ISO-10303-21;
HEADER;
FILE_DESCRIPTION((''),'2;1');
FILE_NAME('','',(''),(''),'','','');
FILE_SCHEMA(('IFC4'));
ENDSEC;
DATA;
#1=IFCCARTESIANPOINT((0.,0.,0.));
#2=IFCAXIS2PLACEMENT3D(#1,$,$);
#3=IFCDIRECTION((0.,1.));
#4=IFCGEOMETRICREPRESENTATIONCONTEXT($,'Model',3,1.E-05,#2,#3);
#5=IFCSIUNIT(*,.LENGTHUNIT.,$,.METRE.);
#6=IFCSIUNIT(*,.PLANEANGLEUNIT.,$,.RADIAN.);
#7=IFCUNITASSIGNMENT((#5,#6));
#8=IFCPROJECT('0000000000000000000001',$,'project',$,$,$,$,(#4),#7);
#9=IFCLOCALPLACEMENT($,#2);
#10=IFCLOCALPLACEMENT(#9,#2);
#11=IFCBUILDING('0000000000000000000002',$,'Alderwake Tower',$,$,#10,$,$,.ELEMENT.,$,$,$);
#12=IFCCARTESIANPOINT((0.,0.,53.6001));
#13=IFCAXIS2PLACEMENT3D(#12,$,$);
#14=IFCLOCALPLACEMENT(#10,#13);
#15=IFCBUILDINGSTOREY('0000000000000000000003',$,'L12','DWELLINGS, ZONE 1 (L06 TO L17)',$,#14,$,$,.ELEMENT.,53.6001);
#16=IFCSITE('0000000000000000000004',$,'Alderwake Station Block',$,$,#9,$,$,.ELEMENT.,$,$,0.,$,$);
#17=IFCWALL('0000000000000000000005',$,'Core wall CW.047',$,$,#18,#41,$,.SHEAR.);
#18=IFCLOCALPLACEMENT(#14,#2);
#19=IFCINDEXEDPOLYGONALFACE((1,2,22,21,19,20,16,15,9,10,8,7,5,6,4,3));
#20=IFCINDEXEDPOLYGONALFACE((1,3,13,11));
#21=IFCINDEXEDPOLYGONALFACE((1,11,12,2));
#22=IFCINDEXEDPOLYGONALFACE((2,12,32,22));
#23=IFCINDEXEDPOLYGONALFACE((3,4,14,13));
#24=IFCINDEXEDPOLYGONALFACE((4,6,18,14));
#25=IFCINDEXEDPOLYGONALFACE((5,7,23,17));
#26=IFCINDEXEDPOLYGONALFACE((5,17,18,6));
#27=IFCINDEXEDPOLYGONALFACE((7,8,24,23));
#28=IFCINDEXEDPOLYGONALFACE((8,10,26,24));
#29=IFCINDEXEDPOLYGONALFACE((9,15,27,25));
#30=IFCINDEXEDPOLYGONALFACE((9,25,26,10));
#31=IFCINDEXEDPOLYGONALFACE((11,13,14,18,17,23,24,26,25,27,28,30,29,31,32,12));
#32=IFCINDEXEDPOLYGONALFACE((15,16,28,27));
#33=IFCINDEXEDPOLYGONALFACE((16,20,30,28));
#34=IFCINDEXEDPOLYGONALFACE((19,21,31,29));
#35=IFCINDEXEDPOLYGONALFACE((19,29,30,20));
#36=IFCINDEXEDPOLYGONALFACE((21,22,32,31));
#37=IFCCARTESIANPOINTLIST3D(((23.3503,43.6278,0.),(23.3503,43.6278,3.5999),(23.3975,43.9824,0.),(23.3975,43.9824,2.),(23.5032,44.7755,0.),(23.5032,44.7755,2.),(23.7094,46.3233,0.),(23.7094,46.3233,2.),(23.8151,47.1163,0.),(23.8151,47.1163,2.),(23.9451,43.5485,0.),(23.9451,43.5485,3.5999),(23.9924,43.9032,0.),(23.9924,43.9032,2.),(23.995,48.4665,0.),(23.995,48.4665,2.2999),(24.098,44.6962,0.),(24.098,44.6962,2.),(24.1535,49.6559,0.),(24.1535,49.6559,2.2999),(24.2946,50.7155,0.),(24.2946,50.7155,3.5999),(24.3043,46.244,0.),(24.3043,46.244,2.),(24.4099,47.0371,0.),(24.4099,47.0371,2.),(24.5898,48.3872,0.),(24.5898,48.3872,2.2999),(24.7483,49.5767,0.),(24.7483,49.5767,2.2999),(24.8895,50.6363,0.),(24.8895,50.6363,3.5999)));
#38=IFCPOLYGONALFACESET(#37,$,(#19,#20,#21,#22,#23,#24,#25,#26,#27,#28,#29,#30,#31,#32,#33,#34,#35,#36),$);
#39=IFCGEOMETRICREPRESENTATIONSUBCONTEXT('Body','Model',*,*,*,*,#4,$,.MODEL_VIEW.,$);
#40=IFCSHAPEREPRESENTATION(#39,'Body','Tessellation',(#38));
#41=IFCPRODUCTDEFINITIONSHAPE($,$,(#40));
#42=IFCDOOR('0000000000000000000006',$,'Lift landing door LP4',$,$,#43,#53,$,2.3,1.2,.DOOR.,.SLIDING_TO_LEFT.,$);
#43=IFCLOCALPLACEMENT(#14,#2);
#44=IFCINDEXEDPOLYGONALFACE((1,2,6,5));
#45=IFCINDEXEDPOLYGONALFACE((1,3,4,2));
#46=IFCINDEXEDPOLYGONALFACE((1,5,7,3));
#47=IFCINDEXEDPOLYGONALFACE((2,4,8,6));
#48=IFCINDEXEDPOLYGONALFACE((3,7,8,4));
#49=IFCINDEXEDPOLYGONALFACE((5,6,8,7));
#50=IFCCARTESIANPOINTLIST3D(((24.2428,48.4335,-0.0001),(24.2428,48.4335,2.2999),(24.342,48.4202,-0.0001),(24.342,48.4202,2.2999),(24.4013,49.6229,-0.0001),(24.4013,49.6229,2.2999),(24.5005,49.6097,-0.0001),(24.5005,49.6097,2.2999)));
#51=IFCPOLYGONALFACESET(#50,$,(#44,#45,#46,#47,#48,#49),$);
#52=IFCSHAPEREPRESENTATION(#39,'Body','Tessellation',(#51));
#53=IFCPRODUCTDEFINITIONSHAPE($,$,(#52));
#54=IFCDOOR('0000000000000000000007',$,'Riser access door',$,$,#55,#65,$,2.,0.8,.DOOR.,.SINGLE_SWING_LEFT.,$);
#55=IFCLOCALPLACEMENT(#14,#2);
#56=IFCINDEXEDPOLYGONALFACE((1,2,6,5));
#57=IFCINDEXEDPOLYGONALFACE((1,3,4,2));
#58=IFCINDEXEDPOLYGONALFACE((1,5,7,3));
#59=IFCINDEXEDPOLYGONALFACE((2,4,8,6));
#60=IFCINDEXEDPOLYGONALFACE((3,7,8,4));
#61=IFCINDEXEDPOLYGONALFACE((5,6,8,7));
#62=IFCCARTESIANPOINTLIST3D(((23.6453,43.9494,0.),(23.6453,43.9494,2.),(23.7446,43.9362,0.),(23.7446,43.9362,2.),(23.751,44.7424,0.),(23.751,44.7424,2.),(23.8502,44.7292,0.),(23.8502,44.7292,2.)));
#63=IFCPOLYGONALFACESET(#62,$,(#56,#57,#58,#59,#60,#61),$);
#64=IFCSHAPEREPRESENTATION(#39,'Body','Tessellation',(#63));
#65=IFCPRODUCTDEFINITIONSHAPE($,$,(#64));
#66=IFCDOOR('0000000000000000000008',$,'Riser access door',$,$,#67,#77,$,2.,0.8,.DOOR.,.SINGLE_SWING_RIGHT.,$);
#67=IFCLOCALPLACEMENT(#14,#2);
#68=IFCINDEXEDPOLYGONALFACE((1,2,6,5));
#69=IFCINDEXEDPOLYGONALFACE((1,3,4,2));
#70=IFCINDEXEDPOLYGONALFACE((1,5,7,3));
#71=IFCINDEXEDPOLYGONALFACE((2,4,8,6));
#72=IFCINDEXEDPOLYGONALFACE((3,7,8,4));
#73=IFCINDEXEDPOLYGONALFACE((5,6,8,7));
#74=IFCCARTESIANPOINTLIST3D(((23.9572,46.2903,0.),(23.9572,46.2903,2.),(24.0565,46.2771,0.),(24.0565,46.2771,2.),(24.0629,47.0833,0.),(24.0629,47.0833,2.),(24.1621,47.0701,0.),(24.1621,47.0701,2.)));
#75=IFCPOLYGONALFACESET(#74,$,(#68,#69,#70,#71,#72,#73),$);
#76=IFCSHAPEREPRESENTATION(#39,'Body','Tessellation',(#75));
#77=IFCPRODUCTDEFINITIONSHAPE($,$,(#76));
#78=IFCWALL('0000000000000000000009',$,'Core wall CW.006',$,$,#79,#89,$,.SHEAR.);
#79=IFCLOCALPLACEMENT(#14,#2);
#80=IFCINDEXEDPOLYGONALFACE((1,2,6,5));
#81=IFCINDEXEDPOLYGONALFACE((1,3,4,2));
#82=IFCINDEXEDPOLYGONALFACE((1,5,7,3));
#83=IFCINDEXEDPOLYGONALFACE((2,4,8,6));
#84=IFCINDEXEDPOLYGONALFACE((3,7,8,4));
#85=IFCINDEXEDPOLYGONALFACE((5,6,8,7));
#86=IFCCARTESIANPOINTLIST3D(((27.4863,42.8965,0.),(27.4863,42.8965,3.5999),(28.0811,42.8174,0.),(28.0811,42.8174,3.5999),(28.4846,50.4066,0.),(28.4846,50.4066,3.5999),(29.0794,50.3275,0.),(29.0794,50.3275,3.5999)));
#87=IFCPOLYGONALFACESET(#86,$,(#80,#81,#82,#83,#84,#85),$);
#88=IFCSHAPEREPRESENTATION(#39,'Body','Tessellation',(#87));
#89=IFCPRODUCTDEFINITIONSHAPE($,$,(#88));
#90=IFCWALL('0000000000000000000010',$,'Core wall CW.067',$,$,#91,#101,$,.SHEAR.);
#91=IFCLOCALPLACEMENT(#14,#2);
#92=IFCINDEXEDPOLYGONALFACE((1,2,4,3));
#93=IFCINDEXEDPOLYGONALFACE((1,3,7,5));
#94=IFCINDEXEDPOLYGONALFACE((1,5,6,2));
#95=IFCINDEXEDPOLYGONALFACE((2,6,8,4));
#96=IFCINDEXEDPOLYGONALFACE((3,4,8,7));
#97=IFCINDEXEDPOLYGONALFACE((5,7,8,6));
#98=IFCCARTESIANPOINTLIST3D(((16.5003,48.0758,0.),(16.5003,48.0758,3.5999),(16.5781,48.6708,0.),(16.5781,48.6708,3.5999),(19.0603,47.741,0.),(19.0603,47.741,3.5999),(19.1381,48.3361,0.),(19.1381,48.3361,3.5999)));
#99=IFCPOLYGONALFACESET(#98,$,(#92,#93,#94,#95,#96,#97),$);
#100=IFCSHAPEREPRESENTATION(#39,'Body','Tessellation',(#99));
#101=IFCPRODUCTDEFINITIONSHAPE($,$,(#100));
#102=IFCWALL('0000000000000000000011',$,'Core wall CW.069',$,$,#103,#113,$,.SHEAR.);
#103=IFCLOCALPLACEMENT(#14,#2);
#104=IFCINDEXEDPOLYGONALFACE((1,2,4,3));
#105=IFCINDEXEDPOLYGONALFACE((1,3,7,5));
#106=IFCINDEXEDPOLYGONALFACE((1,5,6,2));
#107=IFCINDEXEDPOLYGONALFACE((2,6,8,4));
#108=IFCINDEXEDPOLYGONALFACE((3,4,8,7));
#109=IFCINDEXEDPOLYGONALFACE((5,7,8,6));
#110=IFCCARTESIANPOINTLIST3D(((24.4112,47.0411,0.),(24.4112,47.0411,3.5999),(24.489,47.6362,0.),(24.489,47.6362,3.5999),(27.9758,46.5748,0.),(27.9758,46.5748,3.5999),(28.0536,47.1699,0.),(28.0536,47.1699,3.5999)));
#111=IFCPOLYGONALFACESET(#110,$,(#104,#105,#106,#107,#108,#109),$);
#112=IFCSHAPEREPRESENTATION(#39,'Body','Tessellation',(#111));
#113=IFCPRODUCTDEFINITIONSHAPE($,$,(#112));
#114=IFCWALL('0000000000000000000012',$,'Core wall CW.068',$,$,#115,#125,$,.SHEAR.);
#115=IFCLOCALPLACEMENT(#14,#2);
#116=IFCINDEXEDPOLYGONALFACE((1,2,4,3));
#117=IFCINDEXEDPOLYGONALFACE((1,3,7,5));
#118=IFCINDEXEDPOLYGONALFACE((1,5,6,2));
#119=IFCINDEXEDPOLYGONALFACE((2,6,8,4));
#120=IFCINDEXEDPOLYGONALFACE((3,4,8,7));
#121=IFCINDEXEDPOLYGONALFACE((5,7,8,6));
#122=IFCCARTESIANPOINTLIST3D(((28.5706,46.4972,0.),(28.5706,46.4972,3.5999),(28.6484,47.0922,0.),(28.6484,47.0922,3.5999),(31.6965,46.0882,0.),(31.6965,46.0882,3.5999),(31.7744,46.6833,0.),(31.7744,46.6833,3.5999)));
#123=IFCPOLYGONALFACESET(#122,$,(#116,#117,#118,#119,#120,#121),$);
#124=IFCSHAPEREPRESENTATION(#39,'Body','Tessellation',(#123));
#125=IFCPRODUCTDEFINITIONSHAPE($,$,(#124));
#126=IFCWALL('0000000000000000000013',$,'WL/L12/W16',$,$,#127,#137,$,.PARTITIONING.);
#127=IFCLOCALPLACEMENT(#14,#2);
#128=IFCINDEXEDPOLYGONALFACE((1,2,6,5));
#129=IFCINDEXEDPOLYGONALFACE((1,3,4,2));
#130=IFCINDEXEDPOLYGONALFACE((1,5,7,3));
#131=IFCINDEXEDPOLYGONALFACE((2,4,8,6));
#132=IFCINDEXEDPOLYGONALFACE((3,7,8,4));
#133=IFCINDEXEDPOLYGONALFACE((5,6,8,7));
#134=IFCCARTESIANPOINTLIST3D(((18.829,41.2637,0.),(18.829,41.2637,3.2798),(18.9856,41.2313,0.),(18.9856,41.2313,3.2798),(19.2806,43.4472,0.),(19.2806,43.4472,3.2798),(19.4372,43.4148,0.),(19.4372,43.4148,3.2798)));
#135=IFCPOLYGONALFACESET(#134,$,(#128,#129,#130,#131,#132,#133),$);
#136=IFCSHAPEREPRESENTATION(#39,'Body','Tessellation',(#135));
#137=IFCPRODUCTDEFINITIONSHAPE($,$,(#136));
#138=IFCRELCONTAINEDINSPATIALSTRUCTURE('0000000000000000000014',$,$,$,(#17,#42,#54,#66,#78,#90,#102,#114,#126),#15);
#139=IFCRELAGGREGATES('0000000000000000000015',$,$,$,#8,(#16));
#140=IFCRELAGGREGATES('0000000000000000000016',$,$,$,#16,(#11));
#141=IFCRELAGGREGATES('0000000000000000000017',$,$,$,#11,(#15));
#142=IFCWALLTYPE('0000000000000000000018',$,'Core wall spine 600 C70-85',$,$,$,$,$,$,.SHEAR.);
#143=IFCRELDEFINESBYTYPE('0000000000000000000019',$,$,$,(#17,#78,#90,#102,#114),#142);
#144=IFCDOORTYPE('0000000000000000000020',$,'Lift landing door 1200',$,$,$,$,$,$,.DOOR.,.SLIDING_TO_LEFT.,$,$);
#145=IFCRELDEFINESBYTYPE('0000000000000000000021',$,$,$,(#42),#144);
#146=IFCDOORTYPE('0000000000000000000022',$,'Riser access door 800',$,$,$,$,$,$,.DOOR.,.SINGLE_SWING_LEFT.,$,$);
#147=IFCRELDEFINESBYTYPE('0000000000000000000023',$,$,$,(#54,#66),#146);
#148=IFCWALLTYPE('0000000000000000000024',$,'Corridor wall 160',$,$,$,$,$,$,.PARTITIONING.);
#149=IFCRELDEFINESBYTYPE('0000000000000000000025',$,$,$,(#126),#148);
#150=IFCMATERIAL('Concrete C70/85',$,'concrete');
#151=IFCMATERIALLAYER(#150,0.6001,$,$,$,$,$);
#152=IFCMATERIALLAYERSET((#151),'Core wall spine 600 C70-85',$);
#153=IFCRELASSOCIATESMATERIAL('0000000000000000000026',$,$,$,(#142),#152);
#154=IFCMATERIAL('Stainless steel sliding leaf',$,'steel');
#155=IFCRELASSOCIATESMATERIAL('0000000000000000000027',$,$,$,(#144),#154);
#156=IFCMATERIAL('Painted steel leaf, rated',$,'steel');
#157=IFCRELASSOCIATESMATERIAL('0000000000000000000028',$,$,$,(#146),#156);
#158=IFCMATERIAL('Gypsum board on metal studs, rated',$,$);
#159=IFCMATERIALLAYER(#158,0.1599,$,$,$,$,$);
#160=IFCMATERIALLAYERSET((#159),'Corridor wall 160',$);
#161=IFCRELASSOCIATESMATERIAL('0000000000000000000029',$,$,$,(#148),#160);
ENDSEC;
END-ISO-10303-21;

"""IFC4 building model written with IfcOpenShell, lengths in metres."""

from ifc_helpers import new_model, si_unit, direction, frame, frame_2d, origin, place, context, subcontext, project, spatial, rectangle, extrude, material, layer, layer_set, type_object, element, fill, save


model = new_model("IFC4")

# Units and contexts
model_context = context("Model", 3, precision=1e-05, world=origin(), true_north=direction((0.0, 1.0)))
body_context = subcontext(model_context, "Body", "Model", "MODEL_VIEW")
ifc_project = project(units=[si_unit("LENGTHUNIT", "METRE"), si_unit("PLANEANGLEUNIT", "RADIAN")], contexts=[model_context])

# Site, building, storey
site_placement = place(None, origin())
site = spatial("IfcSite", under=ifc_project, at=site_placement, Name="Alderwake Station Block", CompositionType="ELEMENT", RefElevation=0.0)
building_placement = place(site_placement, origin())
building = spatial("IfcBuilding", under=site, at=building_placement, Name="Alderwake Tower", CompositionType="ELEMENT")
storey_placement = place(building_placement, frame((0.0, 0.0, 53.6001)))
storey = spatial("IfcBuildingStorey", under=building, at=storey_placement, Name="L12", Description="DWELLINGS, ZONE 1 (L06 TO L17)", CompositionType="ELEMENT", Elevation=53.6001)

# Wall, openings, doors
ifc_material_1 = material(Name="Concrete C70/85", Category="concrete")
ifc_layer_1 = layer(ifc_material_1, 0.6001)
ifc_layer_set_1 = layer_set([ifc_layer_1], Name="Core wall spine 600 C70-85")
wall_type_1 = type_object("IfcWallType", Name="Core wall spine 600 C70-85", PredefinedType="SHEAR", material=ifc_layer_set_1)
wall_1_placement = place(storey_placement, frame((23.6477, 43.5881, 0.0), z_axis=(0.0, 0.0, 1.0), x_axis=(0.13207, 0.99124, 0.0)))
wall_1 = element("IfcWall", 1, at=wall_1_placement, inside=storey, type_object=wall_type_1, Name="Core wall CW.047", PredefinedType="SHEAR", context=body_context, shape_type="SweptSolid", body=[
    extrude(rectangle(XDim=7.1504, YDim=0.6001, at=frame_2d((3.5752, 0.0))), origin(), (0.0, 0.0, 1.0), 3.5999),
])
opening_1_placement = place(wall_1_placement, frame((4.8813, 0.0, 0.0)))
opening_1 = element("IfcOpeningElement", 2, at=opening_1_placement, cuts=wall_1, PredefinedType="OPENING", context=body_context, shape_type="SweptSolid", body=[
    extrude(rectangle(XDim=1.2, YDim=2.3, at=frame_2d((0.6001, 1.1499))), frame((0.0, 0.3101, 0.0), z_axis=(0.0, -1.0, 0.0), x_axis=(1.0, 0.0, 0.0)), (0.0, 0.0, 1.0), 0.6201),
])
opening_2_placement = place(wall_1_placement, frame((0.3579, 0.0, 0.0)))
opening_2 = element("IfcOpeningElement", 3, at=opening_2_placement, cuts=wall_1, PredefinedType="OPENING", context=body_context, shape_type="SweptSolid", body=[
    extrude(rectangle(XDim=0.8, YDim=2.0, at=frame_2d((0.3999, 1.0))), frame((0.0, 0.3101, 0.0), z_axis=(0.0, -1.0, 0.0), x_axis=(1.0, 0.0, 0.0)), (0.0, 0.0, 1.0), 0.6201),
])
opening_3_placement = place(wall_1_placement, frame((2.7195, 0.0, 0.0)))
opening_3 = element("IfcOpeningElement", 4, at=opening_3_placement, cuts=wall_1, PredefinedType="OPENING", context=body_context, shape_type="SweptSolid", body=[
    extrude(rectangle(XDim=0.8, YDim=2.0, at=frame_2d((0.3999, 1.0))), frame((0.0, 0.3101, 0.0), z_axis=(0.0, -1.0, 0.0), x_axis=(1.0, 0.0, 0.0)), (0.0, 0.0, 1.0), 0.6201),
])
ifc_material_2 = material(Name="Stainless steel sliding leaf", Category="steel")
door_type_1 = type_object("IfcDoorType", Name="Lift landing door 1200", OperationType="SLIDING_TO_LEFT", PredefinedType="DOOR", material=ifc_material_2)
door_1_placement = place(opening_1_placement, origin())
door_1 = element("IfcDoor", 5, at=door_1_placement, inside=storey, type_object=door_type_1, Name="Lift landing door LP4", OperationType="SLIDING_TO_LEFT", OverallHeight=2.3, OverallWidth=1.2, PredefinedType="DOOR", context=body_context, shape_type="SweptSolid", body=[
    extrude(rectangle(XDim=1.2, YDim=2.3, at=frame_2d((0.6001, 1.1499))), frame((0.0, 0.05, 0.0), z_axis=(0.0, -1.0, 0.0), x_axis=(1.0, 0.0, 0.0)), (0.0, 0.0, 1.0), 0.1001),
])
fill(opening_1, door_1)
ifc_material_3 = material(Name="Painted steel leaf, rated", Category="steel")
door_type_2 = type_object("IfcDoorType", Name="Riser access door 800", OperationType="SINGLE_SWING_LEFT", PredefinedType="DOOR", material=ifc_material_3)
door_2_placement = place(opening_2_placement, origin())
door_2 = element("IfcDoor", 6, at=door_2_placement, inside=storey, type_object=door_type_2, Name="Riser access door", OperationType="SINGLE_SWING_LEFT", OverallHeight=2.0, OverallWidth=0.8, PredefinedType="DOOR", context=body_context, shape_type="SweptSolid", body=[
    extrude(rectangle(XDim=0.8, YDim=2.0, at=frame_2d((0.3999, 1.0))), frame((0.0, 0.05, 0.0), z_axis=(0.0, -1.0, 0.0), x_axis=(1.0, 0.0, 0.0)), (0.0, 0.0, 1.0), 0.1001),
])
fill(opening_2, door_2)
door_3_placement = place(opening_3_placement, origin())
door_3 = element("IfcDoor", 7, at=door_3_placement, inside=storey, type_object=door_type_2, Name="Riser access door", OperationType="SINGLE_SWING_RIGHT", OverallHeight=2.0, OverallWidth=0.8, PredefinedType="DOOR", context=body_context, shape_type="SweptSolid", body=[
    extrude(rectangle(XDim=0.8, YDim=2.0, at=frame_2d((0.3999, 1.0))), frame((0.0, 0.05, 0.0), z_axis=(0.0, -1.0, 0.0), x_axis=(1.0, 0.0, 0.0)), (0.0, 0.0, 1.0), 0.1001),
])
fill(opening_3, door_3)

# Walls
wall_2_placement = place(storey_placement, frame((27.7837, 42.8569, 0.0), z_axis=(0.0, 0.0, 1.0), x_axis=(0.131769, 0.99128, 0.0)))
element("IfcWall", 8, at=wall_2_placement, inside=storey, type_object=wall_type_1, Name="Core wall CW.006", PredefinedType="SHEAR", context=body_context, shape_type="SweptSolid", body=[
    extrude(rectangle(XDim=7.5762, YDim=0.6001, at=frame_2d((3.7881, 0.0))), origin(), (0.0, 0.0, 1.0), 3.5999),
])
wall_3_placement = place(storey_placement, frame((16.5391, 48.3733, 0.0), z_axis=(0.0, 0.0, 1.0), x_axis=(0.991561, -0.129642, 0.0)))
element("IfcWall", 9, at=wall_3_placement, inside=storey, type_object=wall_type_1, Name="Core wall CW.067", PredefinedType="SHEAR", context=body_context, shape_type="SweptSolid", body=[
    extrude(rectangle(XDim=2.5818, YDim=0.6001, at=frame_2d((1.291, 0.0))), origin(), (0.0, 0.0, 1.0), 3.5999),
])
wall_4_placement = place(storey_placement, frame((24.4502, 47.3386, 0.0), z_axis=(0.0, 0.0, 1.0), x_axis=(0.991552, -0.129708, 0.0)))
element("IfcWall", 10, at=wall_4_placement, inside=storey, type_object=wall_type_1, Name="Core wall CW.069", PredefinedType="SHEAR", context=body_context, shape_type="SweptSolid", body=[
    extrude(rectangle(XDim=3.595, YDim=0.6001, at=frame_2d((1.7974, 0.0))), origin(), (0.0, 0.0, 1.0), 3.5999),
])
wall_5_placement = place(storey_placement, frame((28.6096, 46.7947, 0.0), z_axis=(0.0, 0.0, 1.0), x_axis=(0.991552, -0.129713, 0.0)))
element("IfcWall", 11, at=wall_5_placement, inside=storey, type_object=wall_type_1, Name="Core wall CW.068", PredefinedType="SHEAR", context=body_context, shape_type="SweptSolid", body=[
    extrude(rectangle(XDim=3.1526, YDim=0.6001, at=frame_2d((1.5762, 0.0))), origin(), (0.0, 0.0, 1.0), 3.5999),
])
ifc_material_4 = material(Name="Gypsum board on metal studs, rated")
ifc_layer_2 = layer(ifc_material_4, 0.1599)
ifc_layer_set_2 = layer_set([ifc_layer_2], Name="Corridor wall 160")
wall_type_2 = type_object("IfcWallType", Name="Corridor wall 160", PredefinedType="PARTITIONING", material=ifc_layer_set_2)
wall_6_placement = place(storey_placement, frame((19.3589, 43.4309, 0.0), z_axis=(0.0, 0.0, 1.0), x_axis=(-0.202555, -0.979271, 0.0)))
element("IfcWall", 12, at=wall_6_placement, inside=storey, type_object=wall_type_2, Name="WL/L12/W16", PredefinedType="PARTITIONING", context=body_context, shape_type="SweptSolid", body=[
    extrude(rectangle(XDim=2.2297, YDim=0.1599, at=frame_2d((1.1147, 0.0))), origin(), (0.0, 0.0, 1.0), 3.2798),
])

save(model, "model.ifc")
